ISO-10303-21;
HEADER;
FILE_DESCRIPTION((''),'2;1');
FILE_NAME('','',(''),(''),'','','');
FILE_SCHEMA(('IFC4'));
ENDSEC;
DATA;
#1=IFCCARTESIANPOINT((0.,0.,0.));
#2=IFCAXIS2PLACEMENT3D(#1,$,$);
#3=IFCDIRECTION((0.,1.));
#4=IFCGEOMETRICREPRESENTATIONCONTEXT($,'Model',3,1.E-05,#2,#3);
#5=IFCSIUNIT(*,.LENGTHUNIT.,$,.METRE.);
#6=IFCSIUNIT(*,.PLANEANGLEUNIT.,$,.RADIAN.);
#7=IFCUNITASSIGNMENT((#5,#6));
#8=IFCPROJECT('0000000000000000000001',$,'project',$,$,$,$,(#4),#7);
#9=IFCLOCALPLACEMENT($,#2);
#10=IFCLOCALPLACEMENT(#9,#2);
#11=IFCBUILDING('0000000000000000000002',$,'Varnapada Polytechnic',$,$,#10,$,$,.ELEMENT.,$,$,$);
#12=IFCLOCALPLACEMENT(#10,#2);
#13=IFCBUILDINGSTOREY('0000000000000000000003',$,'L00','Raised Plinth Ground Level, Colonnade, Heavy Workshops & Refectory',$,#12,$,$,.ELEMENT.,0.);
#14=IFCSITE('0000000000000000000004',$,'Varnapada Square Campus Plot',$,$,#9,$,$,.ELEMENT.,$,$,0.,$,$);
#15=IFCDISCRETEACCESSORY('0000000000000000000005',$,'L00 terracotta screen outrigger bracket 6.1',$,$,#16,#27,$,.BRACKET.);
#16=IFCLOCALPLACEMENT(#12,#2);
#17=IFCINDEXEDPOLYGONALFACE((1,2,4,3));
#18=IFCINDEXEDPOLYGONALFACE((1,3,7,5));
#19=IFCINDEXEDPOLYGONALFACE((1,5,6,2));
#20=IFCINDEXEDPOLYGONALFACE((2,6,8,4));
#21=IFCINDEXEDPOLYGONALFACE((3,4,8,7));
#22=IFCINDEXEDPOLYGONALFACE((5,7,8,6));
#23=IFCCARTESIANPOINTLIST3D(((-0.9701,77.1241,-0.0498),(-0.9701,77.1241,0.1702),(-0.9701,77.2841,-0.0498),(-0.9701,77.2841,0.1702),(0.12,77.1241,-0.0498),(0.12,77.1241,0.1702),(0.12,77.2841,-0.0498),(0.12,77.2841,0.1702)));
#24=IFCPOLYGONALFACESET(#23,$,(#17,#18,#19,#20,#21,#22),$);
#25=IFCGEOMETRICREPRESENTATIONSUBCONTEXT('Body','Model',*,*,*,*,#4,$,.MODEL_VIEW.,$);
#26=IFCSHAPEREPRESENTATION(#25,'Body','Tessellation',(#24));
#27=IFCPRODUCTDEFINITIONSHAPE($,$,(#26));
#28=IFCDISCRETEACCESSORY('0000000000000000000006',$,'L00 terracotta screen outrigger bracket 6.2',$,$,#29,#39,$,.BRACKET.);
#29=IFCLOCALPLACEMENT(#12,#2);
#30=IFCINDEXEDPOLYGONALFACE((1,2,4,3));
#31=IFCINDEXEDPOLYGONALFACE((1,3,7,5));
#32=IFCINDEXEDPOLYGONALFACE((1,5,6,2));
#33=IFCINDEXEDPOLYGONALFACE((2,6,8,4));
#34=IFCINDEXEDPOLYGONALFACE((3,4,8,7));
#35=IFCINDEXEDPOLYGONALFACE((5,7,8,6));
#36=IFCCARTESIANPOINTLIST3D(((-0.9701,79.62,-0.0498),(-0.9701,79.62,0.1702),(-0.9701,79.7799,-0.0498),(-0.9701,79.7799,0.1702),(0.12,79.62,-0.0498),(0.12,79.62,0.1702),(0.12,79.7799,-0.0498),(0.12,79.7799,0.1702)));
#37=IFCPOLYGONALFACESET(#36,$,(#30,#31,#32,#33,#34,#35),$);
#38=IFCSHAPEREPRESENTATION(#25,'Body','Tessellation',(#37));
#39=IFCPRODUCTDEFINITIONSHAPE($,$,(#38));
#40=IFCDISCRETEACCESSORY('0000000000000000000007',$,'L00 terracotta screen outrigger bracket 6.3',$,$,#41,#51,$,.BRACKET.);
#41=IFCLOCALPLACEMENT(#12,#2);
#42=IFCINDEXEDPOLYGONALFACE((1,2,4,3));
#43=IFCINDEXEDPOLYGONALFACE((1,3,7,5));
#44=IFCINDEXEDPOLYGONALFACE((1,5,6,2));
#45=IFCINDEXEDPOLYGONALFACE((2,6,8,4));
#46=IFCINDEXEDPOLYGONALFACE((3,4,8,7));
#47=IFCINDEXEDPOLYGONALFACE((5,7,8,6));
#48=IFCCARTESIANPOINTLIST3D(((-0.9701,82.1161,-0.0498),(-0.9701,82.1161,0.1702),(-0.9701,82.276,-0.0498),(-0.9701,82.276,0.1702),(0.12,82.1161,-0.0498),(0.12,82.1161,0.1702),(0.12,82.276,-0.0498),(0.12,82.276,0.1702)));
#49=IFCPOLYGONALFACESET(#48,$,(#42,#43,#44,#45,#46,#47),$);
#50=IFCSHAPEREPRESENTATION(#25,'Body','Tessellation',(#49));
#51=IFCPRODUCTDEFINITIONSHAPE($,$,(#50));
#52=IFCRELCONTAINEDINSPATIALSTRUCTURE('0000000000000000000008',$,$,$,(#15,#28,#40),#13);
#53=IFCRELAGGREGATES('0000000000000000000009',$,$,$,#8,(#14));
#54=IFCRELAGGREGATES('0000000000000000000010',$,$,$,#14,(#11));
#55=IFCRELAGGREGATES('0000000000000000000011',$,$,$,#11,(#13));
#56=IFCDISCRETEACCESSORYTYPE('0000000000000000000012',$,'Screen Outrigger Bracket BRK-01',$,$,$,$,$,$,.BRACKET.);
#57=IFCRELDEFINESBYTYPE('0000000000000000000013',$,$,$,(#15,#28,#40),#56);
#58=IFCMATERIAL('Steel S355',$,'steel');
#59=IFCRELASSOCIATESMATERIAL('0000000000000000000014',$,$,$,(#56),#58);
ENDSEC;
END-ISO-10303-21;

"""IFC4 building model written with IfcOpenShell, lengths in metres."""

from ifc_helpers import new_model, si_unit, direction, frame, origin, origin_2d, place, context, subcontext, project, spatial, rectangle, extrude, material, type_object, element, save


model = new_model("IFC4")

# Units and contexts
model_context = context("Model", 3, precision=1e-05, world=origin(), true_north=direction((0.0, 1.0)))
body_context = subcontext(model_context, "Body", "Model", "MODEL_VIEW")
ifc_project = project(units=[si_unit("LENGTHUNIT", "METRE"), si_unit("PLANEANGLEUNIT", "RADIAN")], contexts=[model_context])

# Site, building, storey
site_placement = place(None, origin())
site = spatial("IfcSite", under=ifc_project, at=site_placement, Name="Varnapada Square Campus Plot", CompositionType="ELEMENT", RefElevation=0.0)
building_placement = place(site_placement, origin())
building = spatial("IfcBuilding", under=site, at=building_placement, Name="Varnapada Polytechnic", CompositionType="ELEMENT")
storey_placement = place(building_placement, origin())
storey = spatial("IfcBuildingStorey", under=building, at=storey_placement, Name="L00", Description="Raised Plinth Ground Level, Colonnade, Heavy Workshops & Refectory", CompositionType="ELEMENT", Elevation=0.0)

# Discrete accessories
ifc_material_1 = material(Name="Steel S355", Category="steel")
discrete_accessory_type = type_object("IfcDiscreteAccessoryType", Name="Screen Outrigger Bracket BRK-01", PredefinedType="BRACKET", material=ifc_material_1)
for number, where, z_axis, x_axis, name in (
    (1, (-0.425, 77.2041, -0.0498), (0.0, 0.0, 1.0), (0.0, 1.0, 0.0), "L00 terracotta screen outrigger bracket 6.1"),
    (2, (-0.425, 79.7, -0.0498), (0.0, 0.0, 1.0), (0.0, 1.0, 0.0), "L00 terracotta screen outrigger bracket 6.2"),
    (3, (-0.425, 82.196, -0.0498), (0.0, 0.0, 1.0), (0.0, 1.0, 0.0), "L00 terracotta screen outrigger bracket 6.3"),
):
    element("IfcDiscreteAccessory", number, at=place(storey_placement, frame(where, z_axis=z_axis, x_axis=x_axis)), inside=storey, type_object=discrete_accessory_type, Name=name, PredefinedType="BRACKET", context=body_context, shape_type="SweptSolid", body=[
        extrude(rectangle(XDim=0.1599, YDim=1.0901, at=origin_2d()), origin(), (0.0, 0.0, 1.0), 0.22),
    ])

save(model, "model.ifc")
